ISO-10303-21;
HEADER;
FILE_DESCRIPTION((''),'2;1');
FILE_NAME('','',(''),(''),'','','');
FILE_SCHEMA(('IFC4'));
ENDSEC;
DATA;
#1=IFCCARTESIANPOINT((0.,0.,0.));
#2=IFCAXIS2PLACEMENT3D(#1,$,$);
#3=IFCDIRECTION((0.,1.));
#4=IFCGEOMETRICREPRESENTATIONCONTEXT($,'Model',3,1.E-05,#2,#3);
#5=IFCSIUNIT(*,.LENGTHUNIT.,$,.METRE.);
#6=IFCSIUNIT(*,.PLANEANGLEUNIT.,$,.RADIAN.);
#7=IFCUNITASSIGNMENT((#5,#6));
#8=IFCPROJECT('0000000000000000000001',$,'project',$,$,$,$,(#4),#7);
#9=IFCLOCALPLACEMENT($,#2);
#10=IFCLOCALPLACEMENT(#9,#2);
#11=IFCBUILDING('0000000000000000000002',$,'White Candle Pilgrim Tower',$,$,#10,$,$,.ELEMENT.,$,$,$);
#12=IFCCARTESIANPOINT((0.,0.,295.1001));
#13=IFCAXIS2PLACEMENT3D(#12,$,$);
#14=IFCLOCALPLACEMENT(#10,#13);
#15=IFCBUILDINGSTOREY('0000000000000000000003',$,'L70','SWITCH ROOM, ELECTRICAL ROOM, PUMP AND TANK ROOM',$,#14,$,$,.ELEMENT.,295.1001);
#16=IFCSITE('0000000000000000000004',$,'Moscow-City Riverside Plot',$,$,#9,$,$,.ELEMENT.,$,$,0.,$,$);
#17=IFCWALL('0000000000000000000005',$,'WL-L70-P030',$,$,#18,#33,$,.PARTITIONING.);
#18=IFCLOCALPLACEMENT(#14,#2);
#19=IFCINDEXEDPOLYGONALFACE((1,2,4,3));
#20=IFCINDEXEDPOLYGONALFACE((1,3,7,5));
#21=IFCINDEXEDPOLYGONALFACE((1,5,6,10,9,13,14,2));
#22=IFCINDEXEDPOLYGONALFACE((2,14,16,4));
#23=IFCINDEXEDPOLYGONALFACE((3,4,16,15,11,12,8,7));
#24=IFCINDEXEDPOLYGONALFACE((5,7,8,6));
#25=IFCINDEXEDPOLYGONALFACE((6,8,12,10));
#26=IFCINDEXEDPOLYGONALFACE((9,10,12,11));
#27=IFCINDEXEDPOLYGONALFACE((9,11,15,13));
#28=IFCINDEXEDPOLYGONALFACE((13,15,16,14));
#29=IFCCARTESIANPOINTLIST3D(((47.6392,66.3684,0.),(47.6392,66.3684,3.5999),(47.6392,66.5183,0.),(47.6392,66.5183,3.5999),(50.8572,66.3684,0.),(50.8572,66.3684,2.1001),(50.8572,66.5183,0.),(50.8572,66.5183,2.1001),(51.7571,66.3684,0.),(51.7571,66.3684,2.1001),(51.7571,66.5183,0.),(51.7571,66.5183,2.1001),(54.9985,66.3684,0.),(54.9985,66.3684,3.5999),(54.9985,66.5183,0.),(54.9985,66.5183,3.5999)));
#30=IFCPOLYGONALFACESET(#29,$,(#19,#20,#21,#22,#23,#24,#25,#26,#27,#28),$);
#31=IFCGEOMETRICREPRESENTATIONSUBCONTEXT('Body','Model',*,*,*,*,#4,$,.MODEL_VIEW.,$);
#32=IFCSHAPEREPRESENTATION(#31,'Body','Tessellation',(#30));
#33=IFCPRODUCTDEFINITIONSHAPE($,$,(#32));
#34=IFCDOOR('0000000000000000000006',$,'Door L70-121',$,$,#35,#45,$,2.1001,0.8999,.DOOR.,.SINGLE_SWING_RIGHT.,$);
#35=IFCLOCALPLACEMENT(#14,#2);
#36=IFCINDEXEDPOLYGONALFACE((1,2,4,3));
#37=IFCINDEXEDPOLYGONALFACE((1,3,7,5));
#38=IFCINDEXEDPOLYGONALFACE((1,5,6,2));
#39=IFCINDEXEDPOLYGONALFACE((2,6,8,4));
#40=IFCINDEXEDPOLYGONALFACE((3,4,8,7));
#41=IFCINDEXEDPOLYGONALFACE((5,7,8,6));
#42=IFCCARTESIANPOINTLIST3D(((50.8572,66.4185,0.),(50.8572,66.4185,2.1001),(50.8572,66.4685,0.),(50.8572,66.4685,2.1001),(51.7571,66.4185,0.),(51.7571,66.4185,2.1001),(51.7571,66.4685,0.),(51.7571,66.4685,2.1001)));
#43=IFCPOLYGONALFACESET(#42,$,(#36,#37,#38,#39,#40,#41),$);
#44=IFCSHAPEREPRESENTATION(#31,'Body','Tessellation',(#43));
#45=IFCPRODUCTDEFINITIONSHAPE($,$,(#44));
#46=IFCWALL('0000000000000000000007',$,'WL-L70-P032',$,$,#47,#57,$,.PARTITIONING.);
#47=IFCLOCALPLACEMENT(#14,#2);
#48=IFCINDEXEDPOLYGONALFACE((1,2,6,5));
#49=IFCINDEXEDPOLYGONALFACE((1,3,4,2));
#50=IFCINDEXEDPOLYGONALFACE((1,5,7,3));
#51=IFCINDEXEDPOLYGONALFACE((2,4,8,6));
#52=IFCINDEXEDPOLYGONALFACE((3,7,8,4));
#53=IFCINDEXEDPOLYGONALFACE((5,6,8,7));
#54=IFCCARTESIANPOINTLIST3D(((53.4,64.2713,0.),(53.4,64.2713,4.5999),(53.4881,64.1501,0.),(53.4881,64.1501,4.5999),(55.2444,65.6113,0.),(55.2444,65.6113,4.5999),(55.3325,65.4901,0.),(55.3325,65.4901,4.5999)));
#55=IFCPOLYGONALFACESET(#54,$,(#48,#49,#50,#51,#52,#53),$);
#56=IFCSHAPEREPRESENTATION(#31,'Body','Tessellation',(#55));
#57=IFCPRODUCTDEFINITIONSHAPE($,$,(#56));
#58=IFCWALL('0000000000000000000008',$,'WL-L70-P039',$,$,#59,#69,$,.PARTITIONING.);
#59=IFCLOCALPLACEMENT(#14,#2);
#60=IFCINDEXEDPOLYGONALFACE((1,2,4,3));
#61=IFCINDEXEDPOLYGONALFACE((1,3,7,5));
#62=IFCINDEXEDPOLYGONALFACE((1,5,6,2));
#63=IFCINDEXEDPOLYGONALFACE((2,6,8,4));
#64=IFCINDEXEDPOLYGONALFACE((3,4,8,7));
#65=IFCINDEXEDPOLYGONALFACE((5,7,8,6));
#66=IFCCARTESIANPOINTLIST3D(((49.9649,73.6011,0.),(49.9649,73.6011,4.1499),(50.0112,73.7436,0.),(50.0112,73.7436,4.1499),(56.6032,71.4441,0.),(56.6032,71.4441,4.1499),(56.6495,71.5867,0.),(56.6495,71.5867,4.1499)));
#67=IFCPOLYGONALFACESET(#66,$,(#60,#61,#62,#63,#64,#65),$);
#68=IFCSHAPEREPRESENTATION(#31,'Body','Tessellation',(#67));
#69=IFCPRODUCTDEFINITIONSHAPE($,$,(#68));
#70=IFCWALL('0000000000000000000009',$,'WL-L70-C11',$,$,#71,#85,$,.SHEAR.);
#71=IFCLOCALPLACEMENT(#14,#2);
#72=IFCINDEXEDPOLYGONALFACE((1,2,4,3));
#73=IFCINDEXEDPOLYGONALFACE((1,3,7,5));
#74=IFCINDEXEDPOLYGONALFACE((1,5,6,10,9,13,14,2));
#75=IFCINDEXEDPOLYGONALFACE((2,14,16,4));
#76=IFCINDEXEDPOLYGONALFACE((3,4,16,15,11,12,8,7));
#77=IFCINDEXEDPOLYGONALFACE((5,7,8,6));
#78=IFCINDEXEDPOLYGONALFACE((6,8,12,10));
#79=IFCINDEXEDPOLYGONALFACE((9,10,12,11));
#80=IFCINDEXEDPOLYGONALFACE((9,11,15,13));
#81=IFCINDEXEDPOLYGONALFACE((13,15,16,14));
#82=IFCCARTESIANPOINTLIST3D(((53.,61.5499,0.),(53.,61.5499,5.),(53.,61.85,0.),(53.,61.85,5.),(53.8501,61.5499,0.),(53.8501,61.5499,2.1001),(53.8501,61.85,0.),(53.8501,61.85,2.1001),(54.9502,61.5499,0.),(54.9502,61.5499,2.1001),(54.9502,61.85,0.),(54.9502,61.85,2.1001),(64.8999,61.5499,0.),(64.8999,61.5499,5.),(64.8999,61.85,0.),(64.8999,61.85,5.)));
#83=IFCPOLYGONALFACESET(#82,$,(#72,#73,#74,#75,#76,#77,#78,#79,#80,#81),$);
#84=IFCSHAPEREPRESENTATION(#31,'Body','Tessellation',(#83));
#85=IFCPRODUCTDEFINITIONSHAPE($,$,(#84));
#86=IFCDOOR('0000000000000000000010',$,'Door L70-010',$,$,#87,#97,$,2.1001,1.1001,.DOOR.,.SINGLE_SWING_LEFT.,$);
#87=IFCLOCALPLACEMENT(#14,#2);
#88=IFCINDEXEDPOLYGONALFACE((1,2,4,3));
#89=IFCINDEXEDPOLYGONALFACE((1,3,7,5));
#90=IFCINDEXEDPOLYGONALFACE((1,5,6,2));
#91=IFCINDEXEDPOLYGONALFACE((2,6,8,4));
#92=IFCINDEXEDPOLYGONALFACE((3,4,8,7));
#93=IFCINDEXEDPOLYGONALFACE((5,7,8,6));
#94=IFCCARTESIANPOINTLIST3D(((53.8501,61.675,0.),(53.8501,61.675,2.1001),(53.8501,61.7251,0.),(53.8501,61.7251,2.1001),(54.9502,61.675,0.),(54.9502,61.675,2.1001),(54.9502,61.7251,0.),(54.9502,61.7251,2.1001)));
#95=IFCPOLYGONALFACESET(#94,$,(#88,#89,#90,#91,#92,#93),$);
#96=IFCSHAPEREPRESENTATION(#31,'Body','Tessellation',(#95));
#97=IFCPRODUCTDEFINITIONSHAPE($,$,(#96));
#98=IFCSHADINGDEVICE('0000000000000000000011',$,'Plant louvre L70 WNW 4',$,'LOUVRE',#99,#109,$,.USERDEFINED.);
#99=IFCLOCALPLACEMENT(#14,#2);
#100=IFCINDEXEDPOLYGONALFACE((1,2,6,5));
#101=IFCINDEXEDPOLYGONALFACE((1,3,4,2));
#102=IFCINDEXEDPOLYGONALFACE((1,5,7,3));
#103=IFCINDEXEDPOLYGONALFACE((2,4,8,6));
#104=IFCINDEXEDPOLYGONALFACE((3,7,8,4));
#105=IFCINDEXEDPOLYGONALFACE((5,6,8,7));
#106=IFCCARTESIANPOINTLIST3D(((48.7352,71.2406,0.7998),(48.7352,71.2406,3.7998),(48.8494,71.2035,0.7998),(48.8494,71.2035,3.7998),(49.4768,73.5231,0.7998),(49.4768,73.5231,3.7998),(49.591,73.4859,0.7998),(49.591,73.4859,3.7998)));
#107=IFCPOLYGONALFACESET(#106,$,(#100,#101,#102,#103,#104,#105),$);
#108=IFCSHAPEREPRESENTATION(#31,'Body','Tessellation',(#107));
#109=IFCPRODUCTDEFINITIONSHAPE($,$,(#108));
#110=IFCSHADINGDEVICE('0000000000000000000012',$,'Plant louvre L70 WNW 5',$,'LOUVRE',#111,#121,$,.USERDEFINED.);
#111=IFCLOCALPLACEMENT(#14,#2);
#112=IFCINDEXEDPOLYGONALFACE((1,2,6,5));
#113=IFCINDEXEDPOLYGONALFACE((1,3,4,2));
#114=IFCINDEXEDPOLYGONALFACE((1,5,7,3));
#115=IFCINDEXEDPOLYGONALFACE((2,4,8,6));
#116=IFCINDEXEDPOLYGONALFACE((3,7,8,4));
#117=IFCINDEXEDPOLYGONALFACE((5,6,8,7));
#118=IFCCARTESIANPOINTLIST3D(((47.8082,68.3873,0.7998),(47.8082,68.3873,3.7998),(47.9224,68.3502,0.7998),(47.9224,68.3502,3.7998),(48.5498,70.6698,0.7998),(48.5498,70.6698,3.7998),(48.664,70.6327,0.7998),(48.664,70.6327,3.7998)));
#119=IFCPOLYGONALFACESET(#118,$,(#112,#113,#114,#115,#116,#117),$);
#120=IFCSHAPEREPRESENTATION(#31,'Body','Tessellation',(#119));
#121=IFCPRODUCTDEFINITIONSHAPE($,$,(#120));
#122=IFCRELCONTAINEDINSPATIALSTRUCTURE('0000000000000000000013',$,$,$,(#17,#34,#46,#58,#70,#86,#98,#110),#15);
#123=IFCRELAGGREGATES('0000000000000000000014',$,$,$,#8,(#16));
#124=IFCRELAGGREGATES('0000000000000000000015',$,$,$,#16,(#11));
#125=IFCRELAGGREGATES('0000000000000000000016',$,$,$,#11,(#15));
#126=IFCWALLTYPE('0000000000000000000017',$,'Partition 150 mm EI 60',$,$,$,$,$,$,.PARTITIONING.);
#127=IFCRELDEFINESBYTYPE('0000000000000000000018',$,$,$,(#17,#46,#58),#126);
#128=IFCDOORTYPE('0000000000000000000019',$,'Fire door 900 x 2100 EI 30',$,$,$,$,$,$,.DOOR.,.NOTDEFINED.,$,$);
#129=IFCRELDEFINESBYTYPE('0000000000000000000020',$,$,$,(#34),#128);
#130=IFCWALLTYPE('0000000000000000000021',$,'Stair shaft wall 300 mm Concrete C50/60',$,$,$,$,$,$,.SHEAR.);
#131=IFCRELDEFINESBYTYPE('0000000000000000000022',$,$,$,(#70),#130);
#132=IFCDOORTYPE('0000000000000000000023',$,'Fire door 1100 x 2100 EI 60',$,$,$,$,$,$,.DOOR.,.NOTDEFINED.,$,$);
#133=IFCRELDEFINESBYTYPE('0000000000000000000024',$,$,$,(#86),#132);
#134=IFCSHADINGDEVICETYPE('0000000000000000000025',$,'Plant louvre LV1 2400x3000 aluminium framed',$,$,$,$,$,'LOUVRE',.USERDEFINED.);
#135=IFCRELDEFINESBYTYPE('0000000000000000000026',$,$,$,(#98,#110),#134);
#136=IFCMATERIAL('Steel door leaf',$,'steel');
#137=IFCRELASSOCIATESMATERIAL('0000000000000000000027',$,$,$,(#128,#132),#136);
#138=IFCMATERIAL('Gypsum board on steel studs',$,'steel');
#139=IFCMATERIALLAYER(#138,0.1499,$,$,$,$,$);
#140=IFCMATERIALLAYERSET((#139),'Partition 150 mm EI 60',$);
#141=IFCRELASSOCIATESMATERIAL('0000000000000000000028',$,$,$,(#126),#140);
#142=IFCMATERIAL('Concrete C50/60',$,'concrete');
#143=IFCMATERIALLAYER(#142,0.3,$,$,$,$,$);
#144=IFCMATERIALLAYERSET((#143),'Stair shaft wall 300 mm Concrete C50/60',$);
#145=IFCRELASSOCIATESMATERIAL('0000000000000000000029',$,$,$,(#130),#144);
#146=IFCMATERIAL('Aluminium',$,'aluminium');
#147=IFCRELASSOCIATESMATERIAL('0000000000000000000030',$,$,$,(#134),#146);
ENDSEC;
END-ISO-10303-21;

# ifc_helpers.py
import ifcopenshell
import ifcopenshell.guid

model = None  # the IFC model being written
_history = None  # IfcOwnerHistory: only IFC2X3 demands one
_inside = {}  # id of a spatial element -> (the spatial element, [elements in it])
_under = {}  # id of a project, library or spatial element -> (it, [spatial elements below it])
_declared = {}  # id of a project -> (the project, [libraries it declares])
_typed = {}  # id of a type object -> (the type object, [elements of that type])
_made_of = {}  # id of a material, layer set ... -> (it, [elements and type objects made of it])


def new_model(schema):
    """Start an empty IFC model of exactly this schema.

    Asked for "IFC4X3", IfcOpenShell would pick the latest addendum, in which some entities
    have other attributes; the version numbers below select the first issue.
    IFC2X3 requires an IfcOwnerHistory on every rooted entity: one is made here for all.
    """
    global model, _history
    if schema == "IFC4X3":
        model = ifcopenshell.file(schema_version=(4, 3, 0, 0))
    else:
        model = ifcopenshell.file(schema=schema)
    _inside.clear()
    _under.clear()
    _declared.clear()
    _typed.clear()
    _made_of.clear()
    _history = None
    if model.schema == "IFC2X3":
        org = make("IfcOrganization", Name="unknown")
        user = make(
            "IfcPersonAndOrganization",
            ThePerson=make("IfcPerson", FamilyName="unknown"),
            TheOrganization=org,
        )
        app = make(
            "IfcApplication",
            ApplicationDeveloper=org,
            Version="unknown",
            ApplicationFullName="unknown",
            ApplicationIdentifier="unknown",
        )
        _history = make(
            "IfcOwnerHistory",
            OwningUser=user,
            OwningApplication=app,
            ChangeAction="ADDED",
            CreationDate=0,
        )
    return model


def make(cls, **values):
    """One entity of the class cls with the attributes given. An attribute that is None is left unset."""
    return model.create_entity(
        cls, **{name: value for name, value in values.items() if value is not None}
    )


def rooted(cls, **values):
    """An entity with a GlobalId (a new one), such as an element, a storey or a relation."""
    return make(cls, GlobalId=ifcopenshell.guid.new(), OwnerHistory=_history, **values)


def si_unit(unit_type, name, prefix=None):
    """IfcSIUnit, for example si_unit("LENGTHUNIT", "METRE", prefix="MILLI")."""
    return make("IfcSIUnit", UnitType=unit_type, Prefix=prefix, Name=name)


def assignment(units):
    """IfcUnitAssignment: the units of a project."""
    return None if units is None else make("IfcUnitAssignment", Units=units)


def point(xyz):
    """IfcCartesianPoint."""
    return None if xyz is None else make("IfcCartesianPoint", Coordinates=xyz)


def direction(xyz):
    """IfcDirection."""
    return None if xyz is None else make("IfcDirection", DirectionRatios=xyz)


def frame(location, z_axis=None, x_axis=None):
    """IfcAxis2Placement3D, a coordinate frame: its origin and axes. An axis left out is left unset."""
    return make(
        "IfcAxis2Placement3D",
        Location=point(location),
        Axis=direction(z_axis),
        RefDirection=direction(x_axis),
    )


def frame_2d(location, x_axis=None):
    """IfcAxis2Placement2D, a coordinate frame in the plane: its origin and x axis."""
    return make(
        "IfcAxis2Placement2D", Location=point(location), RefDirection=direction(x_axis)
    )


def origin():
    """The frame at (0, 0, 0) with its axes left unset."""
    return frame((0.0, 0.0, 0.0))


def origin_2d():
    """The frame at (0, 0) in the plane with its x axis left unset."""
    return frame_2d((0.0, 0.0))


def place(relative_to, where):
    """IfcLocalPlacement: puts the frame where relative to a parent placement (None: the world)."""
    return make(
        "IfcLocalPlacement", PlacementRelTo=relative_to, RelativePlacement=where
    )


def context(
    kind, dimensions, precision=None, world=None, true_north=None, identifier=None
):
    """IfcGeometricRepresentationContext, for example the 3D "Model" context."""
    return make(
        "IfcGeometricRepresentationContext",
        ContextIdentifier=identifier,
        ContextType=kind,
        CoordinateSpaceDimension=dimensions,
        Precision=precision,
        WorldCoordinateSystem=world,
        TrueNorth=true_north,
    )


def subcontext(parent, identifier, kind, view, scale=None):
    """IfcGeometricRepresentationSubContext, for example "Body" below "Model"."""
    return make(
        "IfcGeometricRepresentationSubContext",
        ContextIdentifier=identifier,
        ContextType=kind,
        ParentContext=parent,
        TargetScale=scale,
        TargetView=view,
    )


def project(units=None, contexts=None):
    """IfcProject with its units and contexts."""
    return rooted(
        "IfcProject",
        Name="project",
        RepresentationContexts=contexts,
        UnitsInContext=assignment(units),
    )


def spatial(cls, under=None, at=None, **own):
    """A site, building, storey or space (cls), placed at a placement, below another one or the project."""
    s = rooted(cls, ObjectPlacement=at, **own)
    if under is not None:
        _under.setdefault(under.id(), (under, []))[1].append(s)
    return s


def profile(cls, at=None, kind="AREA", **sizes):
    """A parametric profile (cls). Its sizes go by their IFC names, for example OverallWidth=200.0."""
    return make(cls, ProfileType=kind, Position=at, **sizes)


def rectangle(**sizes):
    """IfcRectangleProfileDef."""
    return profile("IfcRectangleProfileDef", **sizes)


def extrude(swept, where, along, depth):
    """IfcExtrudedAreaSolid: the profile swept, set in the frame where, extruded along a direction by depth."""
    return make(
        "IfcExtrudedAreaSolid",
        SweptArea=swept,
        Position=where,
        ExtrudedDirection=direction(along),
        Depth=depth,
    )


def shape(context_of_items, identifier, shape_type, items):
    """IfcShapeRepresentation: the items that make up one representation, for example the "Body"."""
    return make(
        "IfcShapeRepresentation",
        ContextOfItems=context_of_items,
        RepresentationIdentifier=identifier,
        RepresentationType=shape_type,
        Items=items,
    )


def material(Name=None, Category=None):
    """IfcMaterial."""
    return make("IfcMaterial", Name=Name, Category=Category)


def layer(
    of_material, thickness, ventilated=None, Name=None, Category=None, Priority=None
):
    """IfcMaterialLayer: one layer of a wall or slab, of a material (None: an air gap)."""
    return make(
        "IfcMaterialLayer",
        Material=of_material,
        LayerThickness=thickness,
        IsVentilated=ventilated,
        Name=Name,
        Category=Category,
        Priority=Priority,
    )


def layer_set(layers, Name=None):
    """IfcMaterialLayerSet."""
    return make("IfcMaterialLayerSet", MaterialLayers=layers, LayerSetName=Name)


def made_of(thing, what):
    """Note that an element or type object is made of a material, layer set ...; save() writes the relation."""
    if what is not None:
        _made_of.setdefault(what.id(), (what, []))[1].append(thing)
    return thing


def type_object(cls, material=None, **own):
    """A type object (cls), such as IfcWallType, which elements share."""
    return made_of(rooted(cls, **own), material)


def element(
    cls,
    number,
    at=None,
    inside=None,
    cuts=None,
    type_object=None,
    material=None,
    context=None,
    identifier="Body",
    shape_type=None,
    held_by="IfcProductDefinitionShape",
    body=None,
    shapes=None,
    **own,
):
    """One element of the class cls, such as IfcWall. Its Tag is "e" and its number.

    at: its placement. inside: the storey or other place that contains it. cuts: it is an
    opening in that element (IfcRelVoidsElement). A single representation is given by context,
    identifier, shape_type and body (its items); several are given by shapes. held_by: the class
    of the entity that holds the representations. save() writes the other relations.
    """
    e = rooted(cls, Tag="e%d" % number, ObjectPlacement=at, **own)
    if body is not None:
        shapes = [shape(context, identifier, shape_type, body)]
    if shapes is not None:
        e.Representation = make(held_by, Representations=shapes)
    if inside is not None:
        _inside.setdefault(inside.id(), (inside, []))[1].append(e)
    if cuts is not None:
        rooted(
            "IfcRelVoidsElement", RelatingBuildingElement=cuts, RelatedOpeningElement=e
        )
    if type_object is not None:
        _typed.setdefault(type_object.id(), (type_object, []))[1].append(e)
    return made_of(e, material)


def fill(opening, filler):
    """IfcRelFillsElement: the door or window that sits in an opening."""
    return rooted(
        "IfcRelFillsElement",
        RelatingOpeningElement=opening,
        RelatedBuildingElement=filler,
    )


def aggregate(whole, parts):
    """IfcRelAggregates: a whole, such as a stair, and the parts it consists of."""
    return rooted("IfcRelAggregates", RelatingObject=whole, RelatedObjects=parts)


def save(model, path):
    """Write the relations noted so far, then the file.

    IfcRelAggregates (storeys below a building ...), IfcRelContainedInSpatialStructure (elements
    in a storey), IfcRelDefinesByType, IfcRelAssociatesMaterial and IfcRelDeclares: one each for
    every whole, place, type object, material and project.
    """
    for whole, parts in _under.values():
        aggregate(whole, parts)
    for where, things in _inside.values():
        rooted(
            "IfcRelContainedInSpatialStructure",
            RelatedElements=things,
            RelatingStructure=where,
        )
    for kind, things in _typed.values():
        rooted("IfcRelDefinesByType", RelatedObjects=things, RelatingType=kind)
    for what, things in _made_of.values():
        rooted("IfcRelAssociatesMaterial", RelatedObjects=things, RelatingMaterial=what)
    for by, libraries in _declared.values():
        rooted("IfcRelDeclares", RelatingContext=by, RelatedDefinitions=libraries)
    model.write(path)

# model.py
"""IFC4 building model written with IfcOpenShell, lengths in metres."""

from ifc_helpers import new_model, si_unit, direction, frame, frame_2d, origin, origin_2d, place, context, subcontext, project, spatial, rectangle, extrude, material, layer, layer_set, type_object, element, fill, save


model = new_model("IFC4")

# Units and contexts
model_context = context("Model", 3, precision=1e-05, world=origin(), true_north=direction((0.0, 1.0)))
body_context = subcontext(model_context, "Body", "Model", "MODEL_VIEW")
ifc_project = project(units=[si_unit("LENGTHUNIT", "METRE"), si_unit("PLANEANGLEUNIT", "RADIAN")], contexts=[model_context])

# Site, building, storey
site_placement = place(None, origin())
site = spatial("IfcSite", under=ifc_project, at=site_placement, Name="Moscow-City Riverside Plot", CompositionType="ELEMENT", RefElevation=0.0)
building_placement = place(site_placement, origin())
building = spatial("IfcBuilding", under=site, at=building_placement, Name="White Candle Pilgrim Tower", CompositionType="ELEMENT")
storey_placement = place(building_placement, frame((0.0, 0.0, 295.1001)))
storey = spatial("IfcBuildingStorey", under=building, at=storey_placement, Name="L70", Description="SWITCH ROOM, ELECTRICAL ROOM, PUMP AND TANK ROOM", CompositionType="ELEMENT", Elevation=295.1001)

# Shared definitions
ifc_material_1 = material(Name="Concrete C50/60", Category="concrete")

# Shared definitions
ifc_material_2 = material(Name="Gypsum board on steel studs", Category="steel")

# Shared definitions
ifc_material_3 = material(Name="Steel door leaf", Category="steel")
door_type_1 = type_object("IfcDoorType", Name="Fire door 900 x 2100 EI 30", OperationType="NOTDEFINED", PredefinedType="DOOR", material=ifc_material_3)

# Wall, opening, door
ifc_layer_1 = layer(ifc_material_2, 0.1499)
ifc_layer_set_1 = layer_set([ifc_layer_1], Name="Partition 150 mm EI 60")
wall_type_1 = type_object("IfcWallType", Name="Partition 150 mm EI 60", PredefinedType="PARTITIONING", material=ifc_layer_set_1)
wall_1_placement = place(storey_placement, frame((47.6392, 66.4434, 0.0), z_axis=(0.0, 0.0, 1.0), x_axis=(1.0, 0.0, 0.0)))
wall_1 = element("IfcWall", 1, at=wall_1_placement, inside=storey, type_object=wall_type_1, Name="WL-L70-P030", PredefinedType="PARTITIONING", context=body_context, shape_type="SweptSolid", body=[
    extrude(rectangle(XDim=7.3594, YDim=0.1499, at=frame_2d((3.6797, 0.0))), origin(), (0.0, 0.0, 1.0), 3.5999),
])
opening_1_placement = place(wall_1_placement, frame((3.218, 0.0, 0.0)))
opening_1 = element("IfcOpeningElement", 2, at=opening_1_placement, cuts=wall_1, PredefinedType="OPENING", context=body_context, shape_type="SweptSolid", body=[
    extrude(rectangle(XDim=0.8999, YDim=2.1001, at=frame_2d((0.45, 1.05))), frame((0.0, 0.085, 0.0), z_axis=(0.0, -1.0, 0.0), x_axis=(1.0, 0.0, 0.0)), (0.0, 0.0, 1.0), 0.1699),
])
door_1_placement = place(opening_1_placement, frame((0.8999, 0.0, 0.0), z_axis=(0.0, 0.0, 1.0), x_axis=(-1.0, 0.0, 0.0)))
door_1 = element("IfcDoor", 3, at=door_1_placement, inside=storey, type_object=door_type_1, Name="Door L70-121", OperationType="SINGLE_SWING_RIGHT", OverallHeight=2.1001, OverallWidth=0.8999, PredefinedType="DOOR", context=body_context, shape_type="SweptSolid", body=[
    extrude(rectangle(XDim=0.8999, YDim=2.1001, at=frame_2d((0.45, 1.05))), frame((0.0, 0.0249, 0.0), z_axis=(0.0, -1.0, 0.0), x_axis=(1.0, 0.0, 0.0)), (0.0, 0.0, 1.0), 0.05),
])
fill(opening_1, door_1)

# Walls
wall_2_placement = place(storey_placement, frame((53.4441, 64.2107, 0.0), z_axis=(0.0, 0.0, 1.0), x_axis=(0.809018, 0.587783, 0.0)))
element("IfcWall", 4, at=wall_2_placement, inside=storey, type_object=wall_type_1, Name="WL-L70-P032", PredefinedType="PARTITIONING", context=body_context, shape_type="SweptSolid", body=[
    extrude(rectangle(XDim=2.2798, YDim=0.1499, at=frame_2d((1.1399, 0.0))), origin(), (0.0, 0.0, 1.0), 4.5999),
])
wall_3_placement = place(storey_placement, frame((49.988, 73.6724, 0.0), z_axis=(0.0, 0.0, 1.0), x_axis=(0.951055, -0.30902, 0.0)))
element("IfcWall", 5, at=wall_3_placement, inside=storey, type_object=wall_type_1, Name="WL-L70-P039", PredefinedType="PARTITIONING", context=body_context, shape_type="SweptSolid", body=[
    extrude(rectangle(XDim=6.98, YDim=0.1499, at=frame_2d((3.49, 0.0))), origin(), (0.0, 0.0, 1.0), 4.1499),
])

# Wall, opening, door
ifc_layer_2 = layer(ifc_material_1, 0.3)
ifc_layer_set_2 = layer_set([ifc_layer_2], Name="Stair shaft wall 300 mm Concrete C50/60")
wall_type_2 = type_object("IfcWallType", Name="Stair shaft wall 300 mm Concrete C50/60", PredefinedType="SHEAR", material=ifc_layer_set_2)
wall_4_placement = place(storey_placement, frame((53.0, 61.7, 0.0), z_axis=(0.0, 0.0, 1.0), x_axis=(1.0, 0.0, 0.0)))
wall_4 = element("IfcWall", 6, at=wall_4_placement, inside=storey, type_object=wall_type_2, Name="WL-L70-C11", PredefinedType="SHEAR", context=body_context, shape_type="SweptSolid", body=[
    extrude(rectangle(XDim=11.8999, YDim=0.3, at=frame_2d((5.95, 0.0))), origin(), (0.0, 0.0, 1.0), 5.0),
])
opening_2_placement = place(wall_4_placement, frame((0.8501, 0.0, 0.0)))
opening_2 = element("IfcOpeningElement", 7, at=opening_2_placement, cuts=wall_4, PredefinedType="OPENING", context=body_context, shape_type="SweptSolid", body=[
    extrude(rectangle(XDim=1.1001, YDim=2.1001, at=frame_2d((0.55, 1.05))), frame((0.0, 0.1599, 0.0), z_axis=(0.0, -1.0, 0.0), x_axis=(1.0, 0.0, 0.0)), (0.0, 0.0, 1.0), 0.3201),
])
door_type_2 = type_object("IfcDoorType", Name="Fire door 1100 x 2100 EI 60", OperationType="NOTDEFINED", PredefinedType="DOOR", material=ifc_material_3)
door_2_placement = place(opening_2_placement, frame((1.1001, 0.0, 0.0), z_axis=(0.0, 0.0, 1.0), x_axis=(-1.0, 0.0, 0.0)))
door_2 = element("IfcDoor", 8, at=door_2_placement, inside=storey, type_object=door_type_2, Name="Door L70-010", OperationType="SINGLE_SWING_LEFT", OverallHeight=2.1001, OverallWidth=1.1001, PredefinedType="DOOR", context=body_context, shape_type="SweptSolid", body=[
    extrude(rectangle(XDim=1.1001, YDim=2.1001, at=frame_2d((0.55, 1.05))), frame((0.0, 0.0249, 0.0), z_axis=(0.0, -1.0, 0.0), x_axis=(1.0, 0.0, 0.0)), (0.0, 0.0, 1.0), 0.05),
])
fill(opening_2, door_2)

# Shading devices
ifc_material_4 = material(Name="Aluminium", Category="aluminium")
shading_device_type = type_object("IfcShadingDeviceType", Name="Plant louvre LV1 2400x3000 aluminium framed", ElementType="LOUVRE", PredefinedType="USERDEFINED", material=ifc_material_4)
for number, where, z_axis, x_axis, name in (
    (9, (49.1631, 72.3633, 0.7998), (0.0, 0.0, 1.0), (-0.309017, -0.951057, 0.0), "Plant louvre L70 WNW 4"),
    (10, (48.2361, 69.51, 0.7998), (0.0, 0.0, 1.0), (-0.309017, -0.951057, 0.0), "Plant louvre L70 WNW 5"),
):
    element("IfcShadingDevice", number, at=place(storey_placement, frame(where, z_axis=z_axis, x_axis=x_axis)), inside=storey, type_object=shading_device_type, Name=name, ObjectType="LOUVRE", PredefinedType="USERDEFINED", context=body_context, shape_type="SweptSolid", body=[
        extrude(rectangle(XDim=2.3999, YDim=0.1201, at=origin_2d()), origin(), (0.0, 0.0, 1.0), 3.0),
    ])

save(model, "model.ifc")
